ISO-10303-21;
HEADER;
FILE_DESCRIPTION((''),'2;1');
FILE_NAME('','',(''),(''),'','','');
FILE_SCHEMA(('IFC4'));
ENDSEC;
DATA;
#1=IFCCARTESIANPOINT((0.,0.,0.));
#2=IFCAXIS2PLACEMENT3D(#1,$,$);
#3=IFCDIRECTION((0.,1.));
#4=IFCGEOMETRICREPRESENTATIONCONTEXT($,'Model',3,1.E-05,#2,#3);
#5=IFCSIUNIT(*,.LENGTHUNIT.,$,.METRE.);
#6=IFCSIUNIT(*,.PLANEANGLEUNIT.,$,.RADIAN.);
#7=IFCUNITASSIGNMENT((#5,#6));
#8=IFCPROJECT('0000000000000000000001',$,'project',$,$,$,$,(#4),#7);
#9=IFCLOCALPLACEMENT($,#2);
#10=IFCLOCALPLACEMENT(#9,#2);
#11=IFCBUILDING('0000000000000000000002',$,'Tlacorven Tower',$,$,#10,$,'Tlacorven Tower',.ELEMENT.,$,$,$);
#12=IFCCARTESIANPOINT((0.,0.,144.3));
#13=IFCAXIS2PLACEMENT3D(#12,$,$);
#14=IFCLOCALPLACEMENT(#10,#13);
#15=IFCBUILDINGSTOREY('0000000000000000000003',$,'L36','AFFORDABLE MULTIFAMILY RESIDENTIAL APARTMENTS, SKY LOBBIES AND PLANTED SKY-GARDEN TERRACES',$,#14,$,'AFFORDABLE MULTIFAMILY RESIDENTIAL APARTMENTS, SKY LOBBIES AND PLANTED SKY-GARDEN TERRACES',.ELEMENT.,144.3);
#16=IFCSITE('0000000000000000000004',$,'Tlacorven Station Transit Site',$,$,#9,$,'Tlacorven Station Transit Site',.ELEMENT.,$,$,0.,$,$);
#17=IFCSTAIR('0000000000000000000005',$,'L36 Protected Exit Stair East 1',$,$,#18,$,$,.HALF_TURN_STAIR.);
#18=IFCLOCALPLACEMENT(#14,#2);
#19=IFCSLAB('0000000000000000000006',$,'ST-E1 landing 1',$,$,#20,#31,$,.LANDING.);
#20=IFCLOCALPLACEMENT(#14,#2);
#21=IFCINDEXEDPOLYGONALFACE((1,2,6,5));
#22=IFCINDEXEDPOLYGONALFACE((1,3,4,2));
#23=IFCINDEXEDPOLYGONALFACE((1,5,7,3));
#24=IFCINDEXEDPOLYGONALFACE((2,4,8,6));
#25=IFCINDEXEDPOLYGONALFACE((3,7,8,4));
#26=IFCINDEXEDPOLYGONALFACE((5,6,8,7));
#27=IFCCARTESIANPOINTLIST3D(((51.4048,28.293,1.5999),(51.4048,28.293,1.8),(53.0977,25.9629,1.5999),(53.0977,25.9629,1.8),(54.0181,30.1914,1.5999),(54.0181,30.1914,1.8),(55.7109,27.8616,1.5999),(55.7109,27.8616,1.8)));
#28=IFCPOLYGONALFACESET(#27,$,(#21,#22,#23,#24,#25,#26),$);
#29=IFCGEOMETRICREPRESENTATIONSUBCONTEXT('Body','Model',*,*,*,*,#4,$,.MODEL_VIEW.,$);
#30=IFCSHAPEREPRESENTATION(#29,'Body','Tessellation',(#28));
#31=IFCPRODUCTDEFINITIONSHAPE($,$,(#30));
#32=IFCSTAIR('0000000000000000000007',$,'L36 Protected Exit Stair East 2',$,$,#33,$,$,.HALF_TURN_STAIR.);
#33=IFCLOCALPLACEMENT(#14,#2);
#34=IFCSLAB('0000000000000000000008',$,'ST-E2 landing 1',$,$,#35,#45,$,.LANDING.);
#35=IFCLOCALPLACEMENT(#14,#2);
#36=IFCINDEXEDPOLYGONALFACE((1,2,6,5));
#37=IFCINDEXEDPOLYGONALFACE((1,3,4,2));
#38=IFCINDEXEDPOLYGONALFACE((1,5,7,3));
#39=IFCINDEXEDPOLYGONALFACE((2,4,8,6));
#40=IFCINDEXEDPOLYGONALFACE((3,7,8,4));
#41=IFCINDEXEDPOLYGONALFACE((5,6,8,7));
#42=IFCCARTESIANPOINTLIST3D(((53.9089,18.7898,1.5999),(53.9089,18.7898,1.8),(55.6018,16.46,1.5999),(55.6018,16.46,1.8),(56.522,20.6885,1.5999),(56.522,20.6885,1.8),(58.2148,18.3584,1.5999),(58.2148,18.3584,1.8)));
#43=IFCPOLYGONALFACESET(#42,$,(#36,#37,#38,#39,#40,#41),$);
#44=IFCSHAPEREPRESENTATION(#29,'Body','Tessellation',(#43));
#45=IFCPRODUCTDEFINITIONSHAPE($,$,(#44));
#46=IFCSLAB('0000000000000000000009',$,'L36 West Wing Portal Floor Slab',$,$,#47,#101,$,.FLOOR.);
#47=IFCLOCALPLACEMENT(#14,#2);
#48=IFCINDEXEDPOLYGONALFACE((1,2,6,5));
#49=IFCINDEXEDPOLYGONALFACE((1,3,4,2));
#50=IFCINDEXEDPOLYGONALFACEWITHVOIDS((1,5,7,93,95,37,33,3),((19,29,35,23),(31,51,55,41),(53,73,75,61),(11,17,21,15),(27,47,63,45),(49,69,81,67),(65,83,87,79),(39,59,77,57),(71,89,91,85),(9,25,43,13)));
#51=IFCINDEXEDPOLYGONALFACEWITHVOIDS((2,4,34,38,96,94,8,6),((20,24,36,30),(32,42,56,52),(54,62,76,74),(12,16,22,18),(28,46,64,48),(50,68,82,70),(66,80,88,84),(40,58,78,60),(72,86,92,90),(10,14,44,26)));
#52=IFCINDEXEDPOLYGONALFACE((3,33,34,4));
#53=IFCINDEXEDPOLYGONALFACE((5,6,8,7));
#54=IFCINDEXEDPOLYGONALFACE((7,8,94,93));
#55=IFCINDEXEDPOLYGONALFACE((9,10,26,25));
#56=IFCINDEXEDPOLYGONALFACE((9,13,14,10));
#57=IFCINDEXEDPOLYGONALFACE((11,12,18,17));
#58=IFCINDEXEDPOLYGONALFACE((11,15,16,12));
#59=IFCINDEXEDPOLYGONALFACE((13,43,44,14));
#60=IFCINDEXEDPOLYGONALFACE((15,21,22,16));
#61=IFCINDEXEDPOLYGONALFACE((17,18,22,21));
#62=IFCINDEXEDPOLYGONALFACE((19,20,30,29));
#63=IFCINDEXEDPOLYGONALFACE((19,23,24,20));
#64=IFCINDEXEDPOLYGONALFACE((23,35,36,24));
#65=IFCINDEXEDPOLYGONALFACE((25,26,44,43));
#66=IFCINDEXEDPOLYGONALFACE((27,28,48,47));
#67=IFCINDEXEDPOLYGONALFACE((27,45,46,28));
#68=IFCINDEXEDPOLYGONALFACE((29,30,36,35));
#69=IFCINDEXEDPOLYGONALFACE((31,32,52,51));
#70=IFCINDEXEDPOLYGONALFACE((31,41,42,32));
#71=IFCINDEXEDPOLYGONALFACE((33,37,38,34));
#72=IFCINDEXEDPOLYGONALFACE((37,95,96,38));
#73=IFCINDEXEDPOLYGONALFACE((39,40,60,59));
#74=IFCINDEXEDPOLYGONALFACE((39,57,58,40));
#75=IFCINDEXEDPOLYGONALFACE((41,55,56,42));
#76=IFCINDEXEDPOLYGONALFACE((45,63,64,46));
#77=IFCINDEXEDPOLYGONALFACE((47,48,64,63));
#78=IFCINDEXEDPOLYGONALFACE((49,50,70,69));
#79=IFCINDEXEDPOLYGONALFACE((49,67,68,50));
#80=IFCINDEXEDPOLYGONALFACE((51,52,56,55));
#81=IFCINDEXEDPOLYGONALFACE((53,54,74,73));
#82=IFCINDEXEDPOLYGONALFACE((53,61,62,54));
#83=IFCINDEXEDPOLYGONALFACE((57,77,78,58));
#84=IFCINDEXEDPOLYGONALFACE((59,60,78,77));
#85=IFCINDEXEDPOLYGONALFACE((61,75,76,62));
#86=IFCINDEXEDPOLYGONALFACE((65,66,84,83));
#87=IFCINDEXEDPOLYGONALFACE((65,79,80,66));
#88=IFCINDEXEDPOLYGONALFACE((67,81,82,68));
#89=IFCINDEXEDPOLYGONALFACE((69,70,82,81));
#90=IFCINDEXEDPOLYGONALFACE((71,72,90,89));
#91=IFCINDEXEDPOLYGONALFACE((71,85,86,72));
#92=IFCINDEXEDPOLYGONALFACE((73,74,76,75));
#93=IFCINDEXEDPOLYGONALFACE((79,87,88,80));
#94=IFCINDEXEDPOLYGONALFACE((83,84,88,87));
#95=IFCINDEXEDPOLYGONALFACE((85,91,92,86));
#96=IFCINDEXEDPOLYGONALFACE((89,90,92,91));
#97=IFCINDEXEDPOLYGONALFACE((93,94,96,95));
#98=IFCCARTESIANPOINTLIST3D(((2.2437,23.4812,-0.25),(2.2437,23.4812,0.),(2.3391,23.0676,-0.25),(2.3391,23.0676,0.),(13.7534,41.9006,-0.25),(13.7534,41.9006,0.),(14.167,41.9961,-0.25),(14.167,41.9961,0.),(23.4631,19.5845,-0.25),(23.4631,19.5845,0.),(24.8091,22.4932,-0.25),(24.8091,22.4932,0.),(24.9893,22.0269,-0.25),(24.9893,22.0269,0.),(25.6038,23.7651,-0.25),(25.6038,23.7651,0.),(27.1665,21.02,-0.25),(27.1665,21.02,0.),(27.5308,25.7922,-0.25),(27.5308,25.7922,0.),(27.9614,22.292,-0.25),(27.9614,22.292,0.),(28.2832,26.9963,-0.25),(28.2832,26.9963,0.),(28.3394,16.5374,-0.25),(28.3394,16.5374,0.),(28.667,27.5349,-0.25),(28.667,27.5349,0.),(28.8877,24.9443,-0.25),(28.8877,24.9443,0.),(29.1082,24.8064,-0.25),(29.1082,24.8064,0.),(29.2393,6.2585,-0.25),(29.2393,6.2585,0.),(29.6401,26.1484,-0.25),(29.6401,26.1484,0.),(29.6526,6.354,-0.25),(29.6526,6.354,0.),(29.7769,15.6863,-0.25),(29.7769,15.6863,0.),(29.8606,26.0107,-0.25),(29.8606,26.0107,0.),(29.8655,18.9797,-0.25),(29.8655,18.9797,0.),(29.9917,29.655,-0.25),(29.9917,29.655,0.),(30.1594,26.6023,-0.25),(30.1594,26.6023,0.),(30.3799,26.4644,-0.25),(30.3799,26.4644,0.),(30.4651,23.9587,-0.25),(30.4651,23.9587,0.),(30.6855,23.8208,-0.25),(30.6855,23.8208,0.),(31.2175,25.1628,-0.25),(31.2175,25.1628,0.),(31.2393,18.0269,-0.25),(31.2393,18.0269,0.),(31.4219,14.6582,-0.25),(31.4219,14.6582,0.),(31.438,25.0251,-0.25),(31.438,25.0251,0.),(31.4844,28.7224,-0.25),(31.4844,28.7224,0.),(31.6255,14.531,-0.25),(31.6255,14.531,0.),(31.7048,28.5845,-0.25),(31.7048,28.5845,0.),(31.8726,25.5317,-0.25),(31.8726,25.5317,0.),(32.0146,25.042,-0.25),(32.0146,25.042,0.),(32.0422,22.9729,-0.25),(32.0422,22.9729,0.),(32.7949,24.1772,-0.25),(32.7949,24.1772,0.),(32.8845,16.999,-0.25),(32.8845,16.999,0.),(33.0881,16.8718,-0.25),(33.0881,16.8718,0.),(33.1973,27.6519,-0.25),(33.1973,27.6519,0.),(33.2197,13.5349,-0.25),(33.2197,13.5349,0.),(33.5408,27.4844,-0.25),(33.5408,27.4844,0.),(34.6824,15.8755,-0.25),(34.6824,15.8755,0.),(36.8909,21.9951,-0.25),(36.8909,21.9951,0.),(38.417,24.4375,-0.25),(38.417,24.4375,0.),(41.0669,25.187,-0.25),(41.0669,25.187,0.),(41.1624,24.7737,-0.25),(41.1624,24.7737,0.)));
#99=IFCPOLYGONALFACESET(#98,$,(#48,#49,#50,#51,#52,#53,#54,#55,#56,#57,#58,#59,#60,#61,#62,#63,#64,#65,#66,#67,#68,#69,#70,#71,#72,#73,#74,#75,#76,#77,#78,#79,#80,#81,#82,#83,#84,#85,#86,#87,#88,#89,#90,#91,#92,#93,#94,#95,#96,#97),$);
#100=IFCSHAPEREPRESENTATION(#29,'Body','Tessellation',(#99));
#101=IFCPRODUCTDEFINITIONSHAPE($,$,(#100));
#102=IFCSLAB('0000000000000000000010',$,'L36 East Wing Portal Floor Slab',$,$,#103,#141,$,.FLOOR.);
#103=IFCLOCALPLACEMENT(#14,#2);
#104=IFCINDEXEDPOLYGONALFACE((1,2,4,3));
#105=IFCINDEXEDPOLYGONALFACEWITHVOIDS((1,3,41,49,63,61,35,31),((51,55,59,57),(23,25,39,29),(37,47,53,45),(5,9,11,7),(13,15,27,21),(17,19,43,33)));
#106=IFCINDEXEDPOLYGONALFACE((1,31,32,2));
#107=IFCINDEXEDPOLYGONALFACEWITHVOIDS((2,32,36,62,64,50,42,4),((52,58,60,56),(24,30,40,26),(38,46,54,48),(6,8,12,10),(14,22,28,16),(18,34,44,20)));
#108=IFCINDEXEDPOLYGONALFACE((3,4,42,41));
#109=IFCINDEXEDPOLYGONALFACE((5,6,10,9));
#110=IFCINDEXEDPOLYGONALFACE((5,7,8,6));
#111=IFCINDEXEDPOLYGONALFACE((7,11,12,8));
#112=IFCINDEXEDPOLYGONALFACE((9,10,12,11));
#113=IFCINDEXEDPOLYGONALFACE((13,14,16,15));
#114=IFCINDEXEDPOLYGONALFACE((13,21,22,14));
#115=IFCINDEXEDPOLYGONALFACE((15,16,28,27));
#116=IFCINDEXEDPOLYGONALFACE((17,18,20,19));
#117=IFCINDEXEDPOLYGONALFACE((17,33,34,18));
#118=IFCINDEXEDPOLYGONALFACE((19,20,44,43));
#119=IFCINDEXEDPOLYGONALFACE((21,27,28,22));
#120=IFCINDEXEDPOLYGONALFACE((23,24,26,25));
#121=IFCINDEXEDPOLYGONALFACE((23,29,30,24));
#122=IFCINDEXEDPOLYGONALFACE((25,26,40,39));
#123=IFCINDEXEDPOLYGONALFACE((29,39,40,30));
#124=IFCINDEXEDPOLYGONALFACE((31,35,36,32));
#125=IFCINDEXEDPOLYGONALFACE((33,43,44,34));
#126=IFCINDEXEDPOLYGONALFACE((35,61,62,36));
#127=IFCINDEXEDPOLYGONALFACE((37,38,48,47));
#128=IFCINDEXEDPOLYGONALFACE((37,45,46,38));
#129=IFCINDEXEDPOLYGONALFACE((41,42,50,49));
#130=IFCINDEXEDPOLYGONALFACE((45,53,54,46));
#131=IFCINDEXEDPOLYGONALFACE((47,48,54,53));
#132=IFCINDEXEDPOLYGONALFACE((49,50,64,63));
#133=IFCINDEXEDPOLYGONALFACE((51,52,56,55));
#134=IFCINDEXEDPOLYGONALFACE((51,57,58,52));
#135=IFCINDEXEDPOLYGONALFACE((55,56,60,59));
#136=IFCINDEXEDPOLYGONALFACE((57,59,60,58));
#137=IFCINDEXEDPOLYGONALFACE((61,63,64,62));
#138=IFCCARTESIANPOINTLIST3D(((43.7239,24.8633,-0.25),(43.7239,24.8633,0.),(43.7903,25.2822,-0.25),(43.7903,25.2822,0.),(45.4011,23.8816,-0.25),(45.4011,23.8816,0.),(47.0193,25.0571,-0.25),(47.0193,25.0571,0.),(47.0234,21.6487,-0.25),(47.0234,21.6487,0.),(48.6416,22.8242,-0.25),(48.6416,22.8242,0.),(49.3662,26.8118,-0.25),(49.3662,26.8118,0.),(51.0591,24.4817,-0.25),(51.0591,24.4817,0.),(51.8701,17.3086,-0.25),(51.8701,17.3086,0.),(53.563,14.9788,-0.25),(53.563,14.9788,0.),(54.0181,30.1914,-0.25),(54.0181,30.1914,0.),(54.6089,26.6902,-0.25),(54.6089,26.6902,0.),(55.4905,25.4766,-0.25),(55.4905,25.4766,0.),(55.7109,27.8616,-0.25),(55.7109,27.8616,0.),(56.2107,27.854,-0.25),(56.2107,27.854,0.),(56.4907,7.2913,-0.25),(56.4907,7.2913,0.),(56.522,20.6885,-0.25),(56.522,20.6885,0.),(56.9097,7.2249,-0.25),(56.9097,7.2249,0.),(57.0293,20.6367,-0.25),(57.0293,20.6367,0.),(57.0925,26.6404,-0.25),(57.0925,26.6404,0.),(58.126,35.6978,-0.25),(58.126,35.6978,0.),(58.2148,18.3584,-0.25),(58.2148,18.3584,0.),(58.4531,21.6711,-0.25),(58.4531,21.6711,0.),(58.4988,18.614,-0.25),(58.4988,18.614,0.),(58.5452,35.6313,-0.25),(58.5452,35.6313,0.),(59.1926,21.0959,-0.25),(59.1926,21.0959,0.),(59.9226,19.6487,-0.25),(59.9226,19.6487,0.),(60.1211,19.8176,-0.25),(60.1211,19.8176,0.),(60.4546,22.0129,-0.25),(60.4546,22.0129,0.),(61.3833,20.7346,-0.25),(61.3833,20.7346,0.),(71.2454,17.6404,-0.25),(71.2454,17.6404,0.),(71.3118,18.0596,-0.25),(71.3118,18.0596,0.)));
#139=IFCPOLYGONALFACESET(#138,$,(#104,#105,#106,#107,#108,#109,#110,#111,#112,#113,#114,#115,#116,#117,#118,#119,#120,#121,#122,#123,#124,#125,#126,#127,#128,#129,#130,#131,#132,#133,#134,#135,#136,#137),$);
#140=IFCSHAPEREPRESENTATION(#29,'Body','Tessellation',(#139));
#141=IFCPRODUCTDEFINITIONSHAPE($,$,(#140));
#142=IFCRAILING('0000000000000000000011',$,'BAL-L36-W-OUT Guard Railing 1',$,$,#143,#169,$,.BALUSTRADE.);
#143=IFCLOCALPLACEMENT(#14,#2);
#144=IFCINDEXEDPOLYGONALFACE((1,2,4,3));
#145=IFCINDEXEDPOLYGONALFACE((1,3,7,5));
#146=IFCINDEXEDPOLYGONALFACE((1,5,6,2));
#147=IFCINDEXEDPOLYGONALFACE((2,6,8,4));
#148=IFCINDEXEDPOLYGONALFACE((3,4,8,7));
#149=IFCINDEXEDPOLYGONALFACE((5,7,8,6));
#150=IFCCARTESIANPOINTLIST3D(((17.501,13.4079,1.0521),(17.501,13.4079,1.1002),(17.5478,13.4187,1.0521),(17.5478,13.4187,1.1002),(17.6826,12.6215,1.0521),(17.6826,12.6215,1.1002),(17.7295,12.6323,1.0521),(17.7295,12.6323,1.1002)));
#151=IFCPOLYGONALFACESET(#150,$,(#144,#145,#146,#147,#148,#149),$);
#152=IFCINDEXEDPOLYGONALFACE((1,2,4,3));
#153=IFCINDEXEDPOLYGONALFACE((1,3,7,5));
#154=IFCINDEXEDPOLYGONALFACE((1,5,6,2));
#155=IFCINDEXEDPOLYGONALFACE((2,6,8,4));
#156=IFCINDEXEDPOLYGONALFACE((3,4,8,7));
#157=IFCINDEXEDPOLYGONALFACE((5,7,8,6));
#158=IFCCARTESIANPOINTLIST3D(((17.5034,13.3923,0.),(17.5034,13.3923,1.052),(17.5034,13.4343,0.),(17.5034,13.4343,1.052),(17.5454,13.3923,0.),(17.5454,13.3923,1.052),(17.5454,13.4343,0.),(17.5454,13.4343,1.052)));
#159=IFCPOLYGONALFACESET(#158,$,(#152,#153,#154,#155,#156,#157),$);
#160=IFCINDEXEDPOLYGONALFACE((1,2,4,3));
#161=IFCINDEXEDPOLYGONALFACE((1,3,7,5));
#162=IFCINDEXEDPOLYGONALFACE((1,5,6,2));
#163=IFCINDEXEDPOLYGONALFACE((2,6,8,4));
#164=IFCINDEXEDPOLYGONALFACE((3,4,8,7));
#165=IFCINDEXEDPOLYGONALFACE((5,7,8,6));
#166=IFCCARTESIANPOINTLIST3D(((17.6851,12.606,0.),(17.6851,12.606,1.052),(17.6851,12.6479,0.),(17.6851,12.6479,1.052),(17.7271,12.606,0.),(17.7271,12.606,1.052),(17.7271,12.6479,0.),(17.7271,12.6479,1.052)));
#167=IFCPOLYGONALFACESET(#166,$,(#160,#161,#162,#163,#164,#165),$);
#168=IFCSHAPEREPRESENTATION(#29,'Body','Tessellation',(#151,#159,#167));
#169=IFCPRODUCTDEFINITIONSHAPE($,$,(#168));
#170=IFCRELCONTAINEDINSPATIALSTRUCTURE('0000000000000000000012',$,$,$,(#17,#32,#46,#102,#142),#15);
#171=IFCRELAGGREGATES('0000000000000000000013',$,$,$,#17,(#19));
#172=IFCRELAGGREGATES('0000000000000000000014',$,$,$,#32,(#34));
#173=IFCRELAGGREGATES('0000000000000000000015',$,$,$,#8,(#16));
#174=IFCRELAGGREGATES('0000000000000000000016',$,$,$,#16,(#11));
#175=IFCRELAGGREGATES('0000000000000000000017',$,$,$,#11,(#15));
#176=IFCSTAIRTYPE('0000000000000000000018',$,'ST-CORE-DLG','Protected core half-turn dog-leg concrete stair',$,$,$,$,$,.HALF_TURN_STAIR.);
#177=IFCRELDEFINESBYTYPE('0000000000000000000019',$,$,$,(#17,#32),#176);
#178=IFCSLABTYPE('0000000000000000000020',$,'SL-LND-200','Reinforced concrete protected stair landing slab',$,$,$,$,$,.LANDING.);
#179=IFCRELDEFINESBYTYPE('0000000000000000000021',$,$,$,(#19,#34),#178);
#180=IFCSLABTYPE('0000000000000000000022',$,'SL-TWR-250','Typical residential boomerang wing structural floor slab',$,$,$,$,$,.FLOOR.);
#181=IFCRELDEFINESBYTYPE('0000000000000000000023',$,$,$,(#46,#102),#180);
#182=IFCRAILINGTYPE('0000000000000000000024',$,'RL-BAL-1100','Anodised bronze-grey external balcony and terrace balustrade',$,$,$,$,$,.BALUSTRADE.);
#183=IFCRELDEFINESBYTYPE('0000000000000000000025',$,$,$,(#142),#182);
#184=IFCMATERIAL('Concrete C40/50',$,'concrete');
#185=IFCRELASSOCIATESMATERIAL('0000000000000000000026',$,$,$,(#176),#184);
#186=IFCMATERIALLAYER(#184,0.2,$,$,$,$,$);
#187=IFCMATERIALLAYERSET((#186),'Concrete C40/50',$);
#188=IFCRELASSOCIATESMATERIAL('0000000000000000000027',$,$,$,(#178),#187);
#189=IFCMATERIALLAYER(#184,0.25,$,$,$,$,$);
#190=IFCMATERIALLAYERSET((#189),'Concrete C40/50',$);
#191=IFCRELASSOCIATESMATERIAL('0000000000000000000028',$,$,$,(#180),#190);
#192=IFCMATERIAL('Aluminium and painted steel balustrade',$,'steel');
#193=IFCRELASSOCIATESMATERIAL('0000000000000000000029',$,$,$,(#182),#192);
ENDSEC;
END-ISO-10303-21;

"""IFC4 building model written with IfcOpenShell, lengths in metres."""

from ifc_helpers import new_model, si_unit, direction, frame, origin, origin_2d, place, context, subcontext, project, spatial, polyline, rectangle, outline, extrude, source, transform, mapped, material, layer, layer_set, type_object, element, aggregate, save


model = new_model("IFC4")

# Units and contexts
model_context = context("Model", 3, precision=1e-05, world=origin(), true_north=direction((0.0, 1.0)))
body_context = subcontext(model_context, "Body", "Model", "MODEL_VIEW")
ifc_project = project(units=[si_unit("LENGTHUNIT", "METRE"), si_unit("PLANEANGLEUNIT", "RADIAN")], contexts=[model_context])

# Site, building, storey
site_placement = place(None, origin())
site = spatial("IfcSite", under=ifc_project, at=site_placement, Name="Tlacorven Station Transit Site", LongName="Tlacorven Station Transit Site", CompositionType="ELEMENT", RefElevation=0.0)
building_placement = place(site_placement, origin())
building = spatial("IfcBuilding", under=site, at=building_placement, Name="Tlacorven Tower", LongName="Tlacorven Tower", CompositionType="ELEMENT")
storey_placement = place(building_placement, frame((0.0, 0.0, 144.3)))
storey = spatial("IfcBuildingStorey", under=building, at=storey_placement, Name="L36", Description="AFFORDABLE MULTIFAMILY RESIDENTIAL APARTMENTS, SKY LOBBIES AND PLANTED SKY-GARDEN TERRACES", LongName="AFFORDABLE MULTIFAMILY RESIDENTIAL APARTMENTS, SKY LOBBIES AND PLANTED SKY-GARDEN TERRACES", CompositionType="ELEMENT", Elevation=144.3)

# Stairs, slabs
ifc_material_1 = material(Name="Concrete C40/50", Category="concrete")
stair_type = type_object("IfcStairType", Name="ST-CORE-DLG", Description="Protected core half-turn dog-leg concrete stair", PredefinedType="HALF_TURN_STAIR", material=ifc_material_1)
ifc_layer_1 = layer(ifc_material_1, 0.2)
ifc_layer_set_1 = layer_set([ifc_layer_1], Name="Concrete C40/50")
slab_type_1 = type_object("IfcSlabType", Name="SL-LND-200", Description="Reinforced concrete protected stair landing slab", PredefinedType="LANDING", material=ifc_layer_set_1)
stair_1_placement = place(storey_placement, origin())
stair_1 = element("IfcStair", 1, at=stair_1_placement, inside=storey, type_object=stair_type, Name="L36 Protected Exit Stair East 1", PredefinedType="HALF_TURN_STAIR")
slab_1_placement = place(storey_placement, frame((0.0, 0.0, 1.5999)))
slab_1 = element("IfcSlab", 2, at=slab_1_placement, type_object=slab_type_1, Name="ST-E1 landing 1", PredefinedType="LANDING", context=body_context, shape_type="SweptSolid", body=[
    extrude(outline(polyline([(53.0977, 25.9629), (55.7109, 27.8616), (54.0181, 30.1914), (51.4048, 28.293), (53.0977, 25.9629)])), origin(), (0.0, 0.0, 1.0), 0.2002),
])
aggregate(stair_1, [slab_1])
stair_2_placement = place(storey_placement, origin())
stair_2 = element("IfcStair", 3, at=stair_2_placement, inside=storey, type_object=stair_type, Name="L36 Protected Exit Stair East 2", PredefinedType="HALF_TURN_STAIR")
slab_2_placement = place(storey_placement, frame((0.0, 0.0, 1.5999)))
slab_2 = element("IfcSlab", 4, at=slab_2_placement, type_object=slab_type_1, Name="ST-E2 landing 1", PredefinedType="LANDING", context=body_context, shape_type="SweptSolid", body=[
    extrude(outline(polyline([(55.6018, 16.46), (58.2148, 18.3584), (56.522, 20.6885), (53.9089, 18.7898), (55.6018, 16.46)])), origin(), (0.0, 0.0, 1.0), 0.2002),
])
aggregate(stair_2, [slab_2])

# Slabs
ifc_layer_2 = layer(ifc_material_1, 0.25)
ifc_layer_set_2 = layer_set([ifc_layer_2], Name="Concrete C40/50")
slab_type_2 = type_object("IfcSlabType", Name="SL-TWR-250", Description="Typical residential boomerang wing structural floor slab", PredefinedType="FLOOR", material=ifc_layer_set_2)
slab_3_placement = place(storey_placement, frame((0.0, 0.0, -0.25)))
element("IfcSlab", 5, at=slab_3_placement, inside=storey, type_object=slab_type_2, Name="L36 West Wing Portal Floor Slab", PredefinedType="FLOOR", context=body_context, shape_type="SweptSolid", body=[
    extrude(outline(polyline([(41.0669, 25.187), (14.167, 41.9961), (13.7534, 41.9006), (2.2437, 23.4812), (2.3391, 23.0676), (29.2393, 6.2585), (29.6526, 6.354), (41.1624, 24.7737), (41.0669, 25.187)]), holes=[polyline([(29.8655, 18.9797), (24.9893, 22.0269), (23.4631, 19.5845), (28.3394, 16.5374), (29.8655, 18.9797)]), polyline([(38.417, 24.4375), (33.5408, 27.4844), (32.0146, 25.042), (36.8909, 21.9951), (38.417, 24.4375)]), polyline([(34.6824, 15.8755), (33.0881, 16.8718), (31.6255, 14.531), (33.2197, 13.5349), (34.6824, 15.8755)]), polyline([(32.8845, 16.999), (31.2393, 18.0269), (29.7769, 15.6863), (31.4219, 14.6582), (32.8845, 16.999)]), polyline([(33.1973, 27.6519), (31.7048, 28.5845), (30.3799, 26.4644), (31.8726, 25.5317), (33.1973, 27.6519)]), polyline([(31.4844, 28.7224), (29.9917, 29.655), (28.667, 27.5349), (30.1594, 26.6023), (31.4844, 28.7224)]), polyline([(32.7949, 24.1772), (31.438, 25.0251), (30.6855, 23.8208), (32.0422, 22.9729), (32.7949, 24.1772)]), polyline([(31.2175, 25.1628), (29.8606, 26.0107), (29.1082, 24.8064), (30.4651, 23.9587), (31.2175, 25.1628)]), polyline([(29.6401, 26.1484), (28.2832, 26.9963), (27.5308, 25.7922), (28.8877, 24.9443), (29.6401, 26.1484)]), polyline([(27.9614, 22.292), (25.6038, 23.7651), (24.8091, 22.4932), (27.1665, 21.02), (27.9614, 22.292)])]), origin(), (0.0, 0.0, 1.0), 0.25),
])
slab_4_placement = place(storey_placement, frame((0.0, 0.0, -0.25)))
element("IfcSlab", 6, at=slab_4_placement, inside=storey, type_object=slab_type_2, Name="L36 East Wing Portal Floor Slab", PredefinedType="FLOOR", context=body_context, shape_type="SweptSolid", body=[
    extrude(outline(polyline([(56.9097, 7.2249), (71.2454, 17.6404), (71.3118, 18.0596), (58.5452, 35.6313), (58.126, 35.6978), (43.7903, 25.2822), (43.7239, 24.8633), (56.4907, 7.2913), (56.9097, 7.2249)]), holes=[polyline([(51.0591, 24.4817), (55.7109, 27.8616), (54.0181, 30.1914), (49.3662, 26.8118), (51.0591, 24.4817)]), polyline([(53.563, 14.9788), (58.2148, 18.3584), (56.522, 20.6885), (51.8701, 17.3086), (53.563, 14.9788)]), polyline([(47.0234, 21.6487), (48.6416, 22.8242), (47.0193, 25.0571), (45.4011, 23.8816), (47.0234, 21.6487)]), polyline([(58.4988, 18.614), (59.9226, 19.6487), (58.4531, 21.6711), (57.0293, 20.6367), (58.4988, 18.614)]), polyline([(55.4905, 25.4766), (57.0925, 26.6404), (56.2107, 27.854), (54.6089, 26.6902), (55.4905, 25.4766)]), polyline([(60.1211, 19.8176), (61.3833, 20.7346), (60.4546, 22.0129), (59.1926, 21.0959), (60.1211, 19.8176)])]), origin(), (0.0, 0.0, 1.0), 0.25),
])

# Railing
ifc_material_2 = material(Name="Aluminium and painted steel balustrade", Category="steel")
railing_type = type_object("IfcRailingType", Name="RL-BAL-1100", Description="Anodised bronze-grey external balcony and terrace balustrade", PredefinedType="BALUSTRADE", material=ifc_material_2)
shared_shape_1 = source(origin(), body_context, "Body", "SweptSolid", [
    extrude(rectangle(XDim=0.0481, YDim=0.0481, at=origin_2d()), frame((0.0, 0.0, 1.0762), z_axis=(0.225058, -0.974345, 0.0), x_axis=(0.974345, 0.225058, 0.0)), (0.0, 0.0, 1.0), 0.8071),
    extrude(rectangle(XDim=0.042, YDim=0.042, at=origin_2d()), origin(), (0.0, 0.0, 1.0), 1.052),
    extrude(rectangle(XDim=0.042, YDim=0.042, at=origin_2d()), frame((0.1816, -0.7864, 0.0)), (0.0, 0.0, 1.0), 1.052),
])
railing_1_placement = place(storey_placement, frame((17.5244, 13.4133, 0.0)))
element("IfcRailing", 7, at=railing_1_placement, inside=storey, type_object=railing_type, Name="BAL-L36-W-OUT Guard Railing 1", PredefinedType="BALUSTRADE", context=body_context, shape_type="MappedRepresentation", body=[
    mapped(shared_shape_1, transform((0.0, 0.0, 0.0), scale=1.0)),
])

save(model, "model.ifc")
